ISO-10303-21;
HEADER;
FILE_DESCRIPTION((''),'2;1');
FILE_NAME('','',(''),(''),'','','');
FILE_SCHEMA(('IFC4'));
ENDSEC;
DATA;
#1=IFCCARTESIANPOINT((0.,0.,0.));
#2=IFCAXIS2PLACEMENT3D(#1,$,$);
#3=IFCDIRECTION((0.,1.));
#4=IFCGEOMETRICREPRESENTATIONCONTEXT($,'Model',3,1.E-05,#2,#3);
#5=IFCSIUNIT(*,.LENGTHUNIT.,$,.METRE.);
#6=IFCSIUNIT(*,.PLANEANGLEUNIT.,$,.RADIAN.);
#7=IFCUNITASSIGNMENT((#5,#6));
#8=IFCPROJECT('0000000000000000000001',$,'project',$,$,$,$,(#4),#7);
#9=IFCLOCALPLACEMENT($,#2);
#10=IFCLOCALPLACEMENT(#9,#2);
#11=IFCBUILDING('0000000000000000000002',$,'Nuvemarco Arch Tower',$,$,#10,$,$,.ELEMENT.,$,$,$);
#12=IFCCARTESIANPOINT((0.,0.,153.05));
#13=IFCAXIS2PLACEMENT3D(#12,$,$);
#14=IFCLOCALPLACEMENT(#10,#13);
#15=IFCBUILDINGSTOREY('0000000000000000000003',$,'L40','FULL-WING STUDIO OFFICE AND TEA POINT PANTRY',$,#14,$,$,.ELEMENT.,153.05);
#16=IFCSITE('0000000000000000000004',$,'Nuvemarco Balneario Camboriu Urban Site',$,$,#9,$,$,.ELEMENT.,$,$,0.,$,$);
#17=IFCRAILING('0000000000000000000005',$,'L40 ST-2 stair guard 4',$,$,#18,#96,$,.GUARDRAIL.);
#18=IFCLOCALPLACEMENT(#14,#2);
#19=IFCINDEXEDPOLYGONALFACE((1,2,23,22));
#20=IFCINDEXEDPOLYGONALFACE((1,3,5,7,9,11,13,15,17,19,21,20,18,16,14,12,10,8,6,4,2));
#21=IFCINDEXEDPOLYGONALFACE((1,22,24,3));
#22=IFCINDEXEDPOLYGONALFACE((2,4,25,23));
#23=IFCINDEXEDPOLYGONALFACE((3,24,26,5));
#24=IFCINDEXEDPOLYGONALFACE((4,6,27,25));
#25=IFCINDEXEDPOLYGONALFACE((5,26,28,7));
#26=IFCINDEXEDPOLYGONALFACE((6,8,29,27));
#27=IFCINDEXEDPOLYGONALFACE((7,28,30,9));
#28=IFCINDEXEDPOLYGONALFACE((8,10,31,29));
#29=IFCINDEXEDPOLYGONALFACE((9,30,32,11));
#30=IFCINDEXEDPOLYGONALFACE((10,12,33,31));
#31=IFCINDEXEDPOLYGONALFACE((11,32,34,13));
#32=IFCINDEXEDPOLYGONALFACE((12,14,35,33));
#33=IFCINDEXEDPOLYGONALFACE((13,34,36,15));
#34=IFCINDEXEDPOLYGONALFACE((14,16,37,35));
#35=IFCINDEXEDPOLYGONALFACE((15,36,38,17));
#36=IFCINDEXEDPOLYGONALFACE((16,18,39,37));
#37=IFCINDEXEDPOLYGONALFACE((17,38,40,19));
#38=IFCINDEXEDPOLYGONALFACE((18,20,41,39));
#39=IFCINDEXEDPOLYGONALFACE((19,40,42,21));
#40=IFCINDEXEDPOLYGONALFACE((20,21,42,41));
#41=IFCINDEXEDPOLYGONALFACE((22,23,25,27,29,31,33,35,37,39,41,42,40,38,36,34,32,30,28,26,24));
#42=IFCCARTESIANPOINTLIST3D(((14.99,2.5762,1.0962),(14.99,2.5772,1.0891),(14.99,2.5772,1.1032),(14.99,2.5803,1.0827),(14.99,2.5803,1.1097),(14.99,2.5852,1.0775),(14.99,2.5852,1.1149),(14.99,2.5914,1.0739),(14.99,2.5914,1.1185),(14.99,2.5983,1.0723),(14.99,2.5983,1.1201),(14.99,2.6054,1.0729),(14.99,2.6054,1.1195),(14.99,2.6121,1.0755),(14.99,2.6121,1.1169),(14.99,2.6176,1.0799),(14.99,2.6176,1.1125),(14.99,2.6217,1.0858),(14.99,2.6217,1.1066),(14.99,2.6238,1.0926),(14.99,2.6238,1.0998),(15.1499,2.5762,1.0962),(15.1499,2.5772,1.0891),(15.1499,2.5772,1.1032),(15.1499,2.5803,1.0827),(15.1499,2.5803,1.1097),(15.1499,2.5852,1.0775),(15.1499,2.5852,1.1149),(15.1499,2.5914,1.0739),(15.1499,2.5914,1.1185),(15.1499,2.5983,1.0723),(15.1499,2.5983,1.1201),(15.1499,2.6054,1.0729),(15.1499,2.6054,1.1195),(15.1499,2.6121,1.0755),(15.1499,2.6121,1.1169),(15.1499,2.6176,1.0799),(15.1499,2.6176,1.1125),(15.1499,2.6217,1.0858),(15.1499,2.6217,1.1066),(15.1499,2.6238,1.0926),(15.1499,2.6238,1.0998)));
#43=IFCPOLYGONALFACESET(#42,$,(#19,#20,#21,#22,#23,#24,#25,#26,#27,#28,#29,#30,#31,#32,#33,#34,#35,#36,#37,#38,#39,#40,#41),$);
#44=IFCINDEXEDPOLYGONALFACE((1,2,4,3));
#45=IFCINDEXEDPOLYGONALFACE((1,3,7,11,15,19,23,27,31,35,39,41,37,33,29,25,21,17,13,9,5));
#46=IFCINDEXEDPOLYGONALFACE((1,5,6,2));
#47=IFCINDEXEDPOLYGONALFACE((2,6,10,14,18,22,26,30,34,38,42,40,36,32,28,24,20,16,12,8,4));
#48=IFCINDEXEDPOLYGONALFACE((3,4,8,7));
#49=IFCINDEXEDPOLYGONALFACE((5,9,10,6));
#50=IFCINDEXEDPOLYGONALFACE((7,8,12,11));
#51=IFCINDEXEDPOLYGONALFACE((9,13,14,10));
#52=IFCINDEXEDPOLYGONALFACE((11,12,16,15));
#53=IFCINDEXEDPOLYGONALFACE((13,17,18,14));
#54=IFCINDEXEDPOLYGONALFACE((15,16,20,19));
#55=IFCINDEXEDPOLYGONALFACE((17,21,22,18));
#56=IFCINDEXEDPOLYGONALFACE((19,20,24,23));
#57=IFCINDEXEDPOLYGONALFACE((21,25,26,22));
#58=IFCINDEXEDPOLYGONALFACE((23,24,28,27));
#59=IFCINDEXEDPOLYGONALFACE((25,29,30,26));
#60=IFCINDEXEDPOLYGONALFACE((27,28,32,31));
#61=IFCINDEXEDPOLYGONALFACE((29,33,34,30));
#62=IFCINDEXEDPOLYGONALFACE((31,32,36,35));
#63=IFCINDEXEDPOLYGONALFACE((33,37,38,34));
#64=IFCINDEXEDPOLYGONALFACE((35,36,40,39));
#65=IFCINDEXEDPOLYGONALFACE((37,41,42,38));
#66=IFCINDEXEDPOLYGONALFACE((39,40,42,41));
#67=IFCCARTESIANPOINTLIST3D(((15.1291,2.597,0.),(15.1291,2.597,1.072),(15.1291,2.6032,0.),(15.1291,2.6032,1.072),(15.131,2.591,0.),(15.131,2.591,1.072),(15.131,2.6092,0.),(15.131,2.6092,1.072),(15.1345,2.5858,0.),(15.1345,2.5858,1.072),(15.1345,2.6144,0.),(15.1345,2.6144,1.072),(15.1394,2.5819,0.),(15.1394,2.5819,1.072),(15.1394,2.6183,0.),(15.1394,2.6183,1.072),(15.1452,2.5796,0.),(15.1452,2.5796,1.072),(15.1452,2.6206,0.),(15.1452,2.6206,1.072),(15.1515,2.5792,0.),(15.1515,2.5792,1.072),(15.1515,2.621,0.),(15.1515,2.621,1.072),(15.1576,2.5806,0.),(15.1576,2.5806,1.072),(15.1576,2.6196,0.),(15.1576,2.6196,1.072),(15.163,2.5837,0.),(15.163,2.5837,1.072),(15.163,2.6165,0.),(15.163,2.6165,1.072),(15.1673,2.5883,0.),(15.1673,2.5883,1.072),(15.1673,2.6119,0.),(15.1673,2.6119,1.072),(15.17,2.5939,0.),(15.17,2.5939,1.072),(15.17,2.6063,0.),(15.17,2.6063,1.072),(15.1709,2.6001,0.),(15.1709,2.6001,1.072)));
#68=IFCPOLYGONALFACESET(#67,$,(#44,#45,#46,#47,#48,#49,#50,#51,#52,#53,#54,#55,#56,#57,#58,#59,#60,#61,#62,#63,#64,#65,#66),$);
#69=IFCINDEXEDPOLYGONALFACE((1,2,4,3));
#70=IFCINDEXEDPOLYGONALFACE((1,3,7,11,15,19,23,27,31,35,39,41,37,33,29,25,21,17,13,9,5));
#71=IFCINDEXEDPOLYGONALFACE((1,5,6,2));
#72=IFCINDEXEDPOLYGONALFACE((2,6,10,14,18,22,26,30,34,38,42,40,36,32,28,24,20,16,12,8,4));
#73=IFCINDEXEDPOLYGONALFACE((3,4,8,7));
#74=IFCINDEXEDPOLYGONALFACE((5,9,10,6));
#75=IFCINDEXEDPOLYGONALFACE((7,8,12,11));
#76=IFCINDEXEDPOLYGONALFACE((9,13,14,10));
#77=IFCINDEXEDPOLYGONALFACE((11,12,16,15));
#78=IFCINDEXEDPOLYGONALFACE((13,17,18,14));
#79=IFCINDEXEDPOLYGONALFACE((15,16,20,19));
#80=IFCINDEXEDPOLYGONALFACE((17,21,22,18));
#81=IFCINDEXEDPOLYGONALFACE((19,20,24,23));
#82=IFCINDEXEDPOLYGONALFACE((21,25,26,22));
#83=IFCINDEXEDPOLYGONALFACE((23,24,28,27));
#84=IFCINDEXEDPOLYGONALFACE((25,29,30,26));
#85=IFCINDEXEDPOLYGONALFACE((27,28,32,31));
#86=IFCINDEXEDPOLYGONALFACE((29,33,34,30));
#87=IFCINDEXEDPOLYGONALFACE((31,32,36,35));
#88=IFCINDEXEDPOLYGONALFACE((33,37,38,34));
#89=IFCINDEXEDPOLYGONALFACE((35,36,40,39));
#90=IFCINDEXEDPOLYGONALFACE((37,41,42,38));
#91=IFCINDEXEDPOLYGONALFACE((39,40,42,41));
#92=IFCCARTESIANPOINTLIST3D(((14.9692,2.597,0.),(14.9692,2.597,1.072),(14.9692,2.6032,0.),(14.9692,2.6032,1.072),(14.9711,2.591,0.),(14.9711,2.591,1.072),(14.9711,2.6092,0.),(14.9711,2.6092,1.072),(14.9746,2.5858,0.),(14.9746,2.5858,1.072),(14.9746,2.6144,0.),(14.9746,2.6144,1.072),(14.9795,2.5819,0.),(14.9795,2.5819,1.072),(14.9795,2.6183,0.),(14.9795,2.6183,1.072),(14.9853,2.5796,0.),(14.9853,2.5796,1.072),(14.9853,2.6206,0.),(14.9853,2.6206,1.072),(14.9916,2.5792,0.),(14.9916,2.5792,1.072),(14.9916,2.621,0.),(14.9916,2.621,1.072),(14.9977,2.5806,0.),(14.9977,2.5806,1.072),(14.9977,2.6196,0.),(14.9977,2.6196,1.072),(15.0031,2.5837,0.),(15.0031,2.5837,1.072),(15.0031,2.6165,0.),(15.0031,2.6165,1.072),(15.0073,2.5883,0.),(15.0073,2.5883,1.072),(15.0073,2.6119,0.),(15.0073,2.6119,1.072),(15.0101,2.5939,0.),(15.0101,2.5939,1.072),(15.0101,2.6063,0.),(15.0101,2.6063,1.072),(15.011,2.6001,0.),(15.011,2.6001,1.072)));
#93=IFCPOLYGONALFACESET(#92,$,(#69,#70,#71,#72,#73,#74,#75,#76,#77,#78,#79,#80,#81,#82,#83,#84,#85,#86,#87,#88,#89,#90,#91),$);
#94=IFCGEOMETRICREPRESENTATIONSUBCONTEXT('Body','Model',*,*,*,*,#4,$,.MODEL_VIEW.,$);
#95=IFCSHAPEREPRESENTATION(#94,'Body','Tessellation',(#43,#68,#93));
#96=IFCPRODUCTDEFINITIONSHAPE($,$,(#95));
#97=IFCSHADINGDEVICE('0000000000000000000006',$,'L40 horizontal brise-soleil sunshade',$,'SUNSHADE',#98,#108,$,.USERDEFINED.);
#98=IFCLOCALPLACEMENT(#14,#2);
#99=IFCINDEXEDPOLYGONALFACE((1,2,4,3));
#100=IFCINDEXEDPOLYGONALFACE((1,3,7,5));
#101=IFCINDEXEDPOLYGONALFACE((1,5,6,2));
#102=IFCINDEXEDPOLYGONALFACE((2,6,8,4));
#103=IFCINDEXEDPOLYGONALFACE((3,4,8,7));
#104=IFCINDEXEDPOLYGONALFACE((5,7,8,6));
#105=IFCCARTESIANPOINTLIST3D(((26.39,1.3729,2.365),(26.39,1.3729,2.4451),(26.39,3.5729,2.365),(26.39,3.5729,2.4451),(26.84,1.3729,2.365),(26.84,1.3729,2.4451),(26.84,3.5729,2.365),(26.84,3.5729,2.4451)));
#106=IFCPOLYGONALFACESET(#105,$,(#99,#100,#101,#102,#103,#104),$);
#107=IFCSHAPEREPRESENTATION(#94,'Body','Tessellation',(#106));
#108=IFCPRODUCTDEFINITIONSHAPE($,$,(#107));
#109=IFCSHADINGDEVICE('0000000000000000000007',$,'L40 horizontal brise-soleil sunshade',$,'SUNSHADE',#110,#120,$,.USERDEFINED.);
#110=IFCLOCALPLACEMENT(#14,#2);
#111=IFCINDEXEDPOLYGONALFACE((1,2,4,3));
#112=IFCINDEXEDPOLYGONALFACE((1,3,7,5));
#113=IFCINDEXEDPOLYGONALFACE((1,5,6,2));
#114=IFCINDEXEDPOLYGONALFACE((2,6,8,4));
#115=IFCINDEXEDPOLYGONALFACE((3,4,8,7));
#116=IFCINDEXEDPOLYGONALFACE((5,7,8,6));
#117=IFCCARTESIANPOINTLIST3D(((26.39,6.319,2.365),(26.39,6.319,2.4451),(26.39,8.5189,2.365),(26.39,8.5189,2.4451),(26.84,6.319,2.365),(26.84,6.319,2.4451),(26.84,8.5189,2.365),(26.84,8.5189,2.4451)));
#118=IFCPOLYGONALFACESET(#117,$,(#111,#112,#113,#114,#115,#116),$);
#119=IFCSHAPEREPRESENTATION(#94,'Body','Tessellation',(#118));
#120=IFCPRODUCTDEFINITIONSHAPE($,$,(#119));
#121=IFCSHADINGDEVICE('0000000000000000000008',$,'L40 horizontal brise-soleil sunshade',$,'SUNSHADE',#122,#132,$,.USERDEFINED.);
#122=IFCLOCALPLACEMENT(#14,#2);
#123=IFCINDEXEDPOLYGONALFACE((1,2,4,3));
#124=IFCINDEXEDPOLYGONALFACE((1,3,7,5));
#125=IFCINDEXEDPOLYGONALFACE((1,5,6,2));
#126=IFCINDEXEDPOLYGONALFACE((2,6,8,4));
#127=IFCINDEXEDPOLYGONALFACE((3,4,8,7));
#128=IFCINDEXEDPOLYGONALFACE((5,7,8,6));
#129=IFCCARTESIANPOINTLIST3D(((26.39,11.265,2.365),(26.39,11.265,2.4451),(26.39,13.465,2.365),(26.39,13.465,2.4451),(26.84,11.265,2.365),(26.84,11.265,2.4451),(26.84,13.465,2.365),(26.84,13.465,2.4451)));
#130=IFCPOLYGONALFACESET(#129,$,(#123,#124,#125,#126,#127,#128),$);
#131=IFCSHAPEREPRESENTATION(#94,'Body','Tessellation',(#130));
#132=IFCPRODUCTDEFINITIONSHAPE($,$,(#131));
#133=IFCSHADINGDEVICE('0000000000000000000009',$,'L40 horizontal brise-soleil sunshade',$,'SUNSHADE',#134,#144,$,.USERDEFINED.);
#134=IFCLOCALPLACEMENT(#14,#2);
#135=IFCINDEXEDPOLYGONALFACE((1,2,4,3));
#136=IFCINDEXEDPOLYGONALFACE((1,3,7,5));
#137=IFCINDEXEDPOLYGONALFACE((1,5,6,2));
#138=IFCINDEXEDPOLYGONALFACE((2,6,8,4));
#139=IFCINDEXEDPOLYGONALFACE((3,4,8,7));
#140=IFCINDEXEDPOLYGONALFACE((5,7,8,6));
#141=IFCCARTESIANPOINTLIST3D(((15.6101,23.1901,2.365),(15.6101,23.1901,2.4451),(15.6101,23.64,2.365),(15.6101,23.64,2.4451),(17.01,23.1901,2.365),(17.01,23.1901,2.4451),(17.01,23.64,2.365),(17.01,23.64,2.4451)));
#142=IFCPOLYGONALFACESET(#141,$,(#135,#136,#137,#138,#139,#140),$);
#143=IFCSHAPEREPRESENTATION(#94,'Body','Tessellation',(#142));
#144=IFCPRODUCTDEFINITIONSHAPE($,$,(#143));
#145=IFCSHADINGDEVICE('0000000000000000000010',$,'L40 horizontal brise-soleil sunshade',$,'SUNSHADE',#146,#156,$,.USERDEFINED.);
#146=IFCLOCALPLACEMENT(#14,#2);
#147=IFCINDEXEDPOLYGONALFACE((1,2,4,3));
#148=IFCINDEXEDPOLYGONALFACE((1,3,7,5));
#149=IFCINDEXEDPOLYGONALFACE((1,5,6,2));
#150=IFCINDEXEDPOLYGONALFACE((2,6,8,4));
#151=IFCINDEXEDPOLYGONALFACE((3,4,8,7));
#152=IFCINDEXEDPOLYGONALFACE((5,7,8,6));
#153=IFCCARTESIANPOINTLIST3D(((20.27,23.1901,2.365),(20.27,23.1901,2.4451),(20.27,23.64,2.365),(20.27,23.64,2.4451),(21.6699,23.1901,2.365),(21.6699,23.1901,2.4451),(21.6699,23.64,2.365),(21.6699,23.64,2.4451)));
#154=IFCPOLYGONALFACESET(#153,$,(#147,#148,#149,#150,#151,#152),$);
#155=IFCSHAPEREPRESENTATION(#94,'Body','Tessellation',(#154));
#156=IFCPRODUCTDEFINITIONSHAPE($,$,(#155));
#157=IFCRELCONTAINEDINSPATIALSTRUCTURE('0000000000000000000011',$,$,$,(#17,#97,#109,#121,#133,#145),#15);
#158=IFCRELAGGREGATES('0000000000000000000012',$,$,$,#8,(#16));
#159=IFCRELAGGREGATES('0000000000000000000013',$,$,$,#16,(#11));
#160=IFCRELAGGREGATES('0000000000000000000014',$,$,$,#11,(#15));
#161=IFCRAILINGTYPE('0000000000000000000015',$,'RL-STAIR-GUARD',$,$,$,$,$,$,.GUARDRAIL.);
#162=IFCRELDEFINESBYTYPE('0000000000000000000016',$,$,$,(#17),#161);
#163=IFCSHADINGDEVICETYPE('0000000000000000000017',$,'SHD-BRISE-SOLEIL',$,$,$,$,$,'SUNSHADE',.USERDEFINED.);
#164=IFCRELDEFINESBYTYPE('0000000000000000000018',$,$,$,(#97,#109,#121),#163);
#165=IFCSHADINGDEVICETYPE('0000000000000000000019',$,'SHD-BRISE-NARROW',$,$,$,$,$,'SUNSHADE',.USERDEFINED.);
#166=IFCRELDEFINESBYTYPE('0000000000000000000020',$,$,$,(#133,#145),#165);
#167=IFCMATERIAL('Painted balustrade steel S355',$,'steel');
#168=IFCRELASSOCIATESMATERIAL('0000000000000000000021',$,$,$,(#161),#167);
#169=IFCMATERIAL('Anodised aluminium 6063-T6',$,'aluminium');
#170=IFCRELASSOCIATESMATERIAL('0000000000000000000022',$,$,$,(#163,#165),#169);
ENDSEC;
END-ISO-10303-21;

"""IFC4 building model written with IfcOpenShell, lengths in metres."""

from ifc_helpers import new_model, si_unit, direction, frame, origin, origin_2d, place, context, subcontext, project, spatial, rectangle, circle, extrude, source, transform, mapped, material, type_object, type_shapes, element, save


model = new_model("IFC4")

# Units and contexts
model_context = context("Model", 3, precision=1e-05, world=origin(), true_north=direction((0.0, 1.0)))
body_context = subcontext(model_context, "Body", "Model", "MODEL_VIEW")
ifc_project = project(units=[si_unit("LENGTHUNIT", "METRE"), si_unit("PLANEANGLEUNIT", "RADIAN")], contexts=[model_context])

# Site, building, storey
site_placement = place(None, origin())
site = spatial("IfcSite", under=ifc_project, at=site_placement, Name="Nuvemarco Balneario Camboriu Urban Site", CompositionType="ELEMENT", RefElevation=0.0)
building_placement = place(site_placement, origin())
building = spatial("IfcBuilding", under=site, at=building_placement, Name="Nuvemarco Arch Tower", CompositionType="ELEMENT")
storey_placement = place(building_placement, frame((0.0, 0.0, 153.05)))
storey = spatial("IfcBuildingStorey", under=building, at=storey_placement, Name="L40", Description="FULL-WING STUDIO OFFICE AND TEA POINT PANTRY", CompositionType="ELEMENT", Elevation=153.05)

# Railing
ifc_material_1 = material(Name="Painted balustrade steel S355", Category="steel")
railing_type_1 = type_object("IfcRailingType", Name="RL-STAIR-GUARD", PredefinedType="GUARDRAIL", material=ifc_material_1)
railing_1_placement = place(storey_placement, frame((15.1499, 2.6001, 0.0)))
element("IfcRailing", 1, at=railing_1_placement, inside=storey, type_object=railing_type_1, Name="L40 ST-2 stair guard 4", PredefinedType="GUARDRAIL", context=body_context, shape_type="SweptSolid", body=[
    extrude(circle(Radius=0.0239, at=origin_2d()), frame((0.0, 0.0, 1.0962), z_axis=(-1.0, 0.0, 0.0), x_axis=(0.0, -1.0, 0.0)), (0.0, 0.0, 1.0), 0.1599),
    extrude(circle(Radius=0.021, at=origin_2d()), origin(), (0.0, 0.0, 1.0), 1.072),
    extrude(circle(Radius=0.021, at=origin_2d()), frame((-0.1599, 0.0, 0.0)), (0.0, 0.0, 1.0), 1.072),
])

# Shading devices
ifc_material_2 = material(Name="Anodised aluminium 6063-T6", Category="aluminium")
shading_device_type_1 = type_object("IfcShadingDeviceType", Name="SHD-BRISE-SOLEIL", ElementType="SUNSHADE", PredefinedType="USERDEFINED", material=ifc_material_2)
shared_shape_1 = source(origin(), body_context, "Body", "SweptSolid", [
    extrude(rectangle(XDim=2.2, YDim=0.45, at=origin_2d()), origin(), (0.0, 0.0, 1.0), 0.0801),
])
type_shapes(shading_device_type_1, [shared_shape_1])
for number, where, z_axis, x_axis, name in (
    (2, (26.615, 2.4729, 2.365), (0.0, 0.0, 1.0), (0.0, 1.0, 0.0), "L40 horizontal brise-soleil sunshade"),
    (3, (26.615, 7.4189, 2.365), (0.0, 0.0, 1.0), (0.0, 1.0, 0.0), "L40 horizontal brise-soleil sunshade"),
    (4, (26.615, 12.365, 2.365), (0.0, 0.0, 1.0), (0.0, 1.0, 0.0), "L40 horizontal brise-soleil sunshade"),
):
    element("IfcShadingDevice", number, at=place(storey_placement, frame(where, z_axis=z_axis, x_axis=x_axis)), inside=storey, type_object=shading_device_type_1, Name=name, ObjectType="SUNSHADE", PredefinedType="USERDEFINED", context=body_context, shape_type="MappedRepresentation", body=[
        mapped(shared_shape_1, transform((0.0, 0.0, 0.0), scale=1.0)),
    ])
shading_device_type_2 = type_object("IfcShadingDeviceType", Name="SHD-BRISE-NARROW", ElementType="SUNSHADE", PredefinedType="USERDEFINED", material=ifc_material_2)
shared_shape_2 = source(origin(), body_context, "Body", "SweptSolid", [
    extrude(rectangle(XDim=1.3999, YDim=0.45, at=origin_2d()), origin(), (0.0, 0.0, 1.0), 0.0801),
])
type_shapes(shading_device_type_2, [shared_shape_2])
for number, where, z_axis, x_axis, name in (
    (5, (16.3101, 23.415, 2.365), (0.0, 0.0, 1.0), (1.0, 0.0, 0.0), "L40 horizontal brise-soleil sunshade"),
    (6, (20.97, 23.415, 2.365), (0.0, 0.0, 1.0), (1.0, 0.0, 0.0), "L40 horizontal brise-soleil sunshade"),
):
    element("IfcShadingDevice", number, at=place(storey_placement, frame(where, z_axis=z_axis, x_axis=x_axis)), inside=storey, type_object=shading_device_type_2, Name=name, ObjectType="SUNSHADE", PredefinedType="USERDEFINED", context=body_context, shape_type="MappedRepresentation", body=[
        mapped(shared_shape_2, transform((0.0, 0.0, 0.0), scale=1.0)),
    ])

save(model, "model.ifc")
